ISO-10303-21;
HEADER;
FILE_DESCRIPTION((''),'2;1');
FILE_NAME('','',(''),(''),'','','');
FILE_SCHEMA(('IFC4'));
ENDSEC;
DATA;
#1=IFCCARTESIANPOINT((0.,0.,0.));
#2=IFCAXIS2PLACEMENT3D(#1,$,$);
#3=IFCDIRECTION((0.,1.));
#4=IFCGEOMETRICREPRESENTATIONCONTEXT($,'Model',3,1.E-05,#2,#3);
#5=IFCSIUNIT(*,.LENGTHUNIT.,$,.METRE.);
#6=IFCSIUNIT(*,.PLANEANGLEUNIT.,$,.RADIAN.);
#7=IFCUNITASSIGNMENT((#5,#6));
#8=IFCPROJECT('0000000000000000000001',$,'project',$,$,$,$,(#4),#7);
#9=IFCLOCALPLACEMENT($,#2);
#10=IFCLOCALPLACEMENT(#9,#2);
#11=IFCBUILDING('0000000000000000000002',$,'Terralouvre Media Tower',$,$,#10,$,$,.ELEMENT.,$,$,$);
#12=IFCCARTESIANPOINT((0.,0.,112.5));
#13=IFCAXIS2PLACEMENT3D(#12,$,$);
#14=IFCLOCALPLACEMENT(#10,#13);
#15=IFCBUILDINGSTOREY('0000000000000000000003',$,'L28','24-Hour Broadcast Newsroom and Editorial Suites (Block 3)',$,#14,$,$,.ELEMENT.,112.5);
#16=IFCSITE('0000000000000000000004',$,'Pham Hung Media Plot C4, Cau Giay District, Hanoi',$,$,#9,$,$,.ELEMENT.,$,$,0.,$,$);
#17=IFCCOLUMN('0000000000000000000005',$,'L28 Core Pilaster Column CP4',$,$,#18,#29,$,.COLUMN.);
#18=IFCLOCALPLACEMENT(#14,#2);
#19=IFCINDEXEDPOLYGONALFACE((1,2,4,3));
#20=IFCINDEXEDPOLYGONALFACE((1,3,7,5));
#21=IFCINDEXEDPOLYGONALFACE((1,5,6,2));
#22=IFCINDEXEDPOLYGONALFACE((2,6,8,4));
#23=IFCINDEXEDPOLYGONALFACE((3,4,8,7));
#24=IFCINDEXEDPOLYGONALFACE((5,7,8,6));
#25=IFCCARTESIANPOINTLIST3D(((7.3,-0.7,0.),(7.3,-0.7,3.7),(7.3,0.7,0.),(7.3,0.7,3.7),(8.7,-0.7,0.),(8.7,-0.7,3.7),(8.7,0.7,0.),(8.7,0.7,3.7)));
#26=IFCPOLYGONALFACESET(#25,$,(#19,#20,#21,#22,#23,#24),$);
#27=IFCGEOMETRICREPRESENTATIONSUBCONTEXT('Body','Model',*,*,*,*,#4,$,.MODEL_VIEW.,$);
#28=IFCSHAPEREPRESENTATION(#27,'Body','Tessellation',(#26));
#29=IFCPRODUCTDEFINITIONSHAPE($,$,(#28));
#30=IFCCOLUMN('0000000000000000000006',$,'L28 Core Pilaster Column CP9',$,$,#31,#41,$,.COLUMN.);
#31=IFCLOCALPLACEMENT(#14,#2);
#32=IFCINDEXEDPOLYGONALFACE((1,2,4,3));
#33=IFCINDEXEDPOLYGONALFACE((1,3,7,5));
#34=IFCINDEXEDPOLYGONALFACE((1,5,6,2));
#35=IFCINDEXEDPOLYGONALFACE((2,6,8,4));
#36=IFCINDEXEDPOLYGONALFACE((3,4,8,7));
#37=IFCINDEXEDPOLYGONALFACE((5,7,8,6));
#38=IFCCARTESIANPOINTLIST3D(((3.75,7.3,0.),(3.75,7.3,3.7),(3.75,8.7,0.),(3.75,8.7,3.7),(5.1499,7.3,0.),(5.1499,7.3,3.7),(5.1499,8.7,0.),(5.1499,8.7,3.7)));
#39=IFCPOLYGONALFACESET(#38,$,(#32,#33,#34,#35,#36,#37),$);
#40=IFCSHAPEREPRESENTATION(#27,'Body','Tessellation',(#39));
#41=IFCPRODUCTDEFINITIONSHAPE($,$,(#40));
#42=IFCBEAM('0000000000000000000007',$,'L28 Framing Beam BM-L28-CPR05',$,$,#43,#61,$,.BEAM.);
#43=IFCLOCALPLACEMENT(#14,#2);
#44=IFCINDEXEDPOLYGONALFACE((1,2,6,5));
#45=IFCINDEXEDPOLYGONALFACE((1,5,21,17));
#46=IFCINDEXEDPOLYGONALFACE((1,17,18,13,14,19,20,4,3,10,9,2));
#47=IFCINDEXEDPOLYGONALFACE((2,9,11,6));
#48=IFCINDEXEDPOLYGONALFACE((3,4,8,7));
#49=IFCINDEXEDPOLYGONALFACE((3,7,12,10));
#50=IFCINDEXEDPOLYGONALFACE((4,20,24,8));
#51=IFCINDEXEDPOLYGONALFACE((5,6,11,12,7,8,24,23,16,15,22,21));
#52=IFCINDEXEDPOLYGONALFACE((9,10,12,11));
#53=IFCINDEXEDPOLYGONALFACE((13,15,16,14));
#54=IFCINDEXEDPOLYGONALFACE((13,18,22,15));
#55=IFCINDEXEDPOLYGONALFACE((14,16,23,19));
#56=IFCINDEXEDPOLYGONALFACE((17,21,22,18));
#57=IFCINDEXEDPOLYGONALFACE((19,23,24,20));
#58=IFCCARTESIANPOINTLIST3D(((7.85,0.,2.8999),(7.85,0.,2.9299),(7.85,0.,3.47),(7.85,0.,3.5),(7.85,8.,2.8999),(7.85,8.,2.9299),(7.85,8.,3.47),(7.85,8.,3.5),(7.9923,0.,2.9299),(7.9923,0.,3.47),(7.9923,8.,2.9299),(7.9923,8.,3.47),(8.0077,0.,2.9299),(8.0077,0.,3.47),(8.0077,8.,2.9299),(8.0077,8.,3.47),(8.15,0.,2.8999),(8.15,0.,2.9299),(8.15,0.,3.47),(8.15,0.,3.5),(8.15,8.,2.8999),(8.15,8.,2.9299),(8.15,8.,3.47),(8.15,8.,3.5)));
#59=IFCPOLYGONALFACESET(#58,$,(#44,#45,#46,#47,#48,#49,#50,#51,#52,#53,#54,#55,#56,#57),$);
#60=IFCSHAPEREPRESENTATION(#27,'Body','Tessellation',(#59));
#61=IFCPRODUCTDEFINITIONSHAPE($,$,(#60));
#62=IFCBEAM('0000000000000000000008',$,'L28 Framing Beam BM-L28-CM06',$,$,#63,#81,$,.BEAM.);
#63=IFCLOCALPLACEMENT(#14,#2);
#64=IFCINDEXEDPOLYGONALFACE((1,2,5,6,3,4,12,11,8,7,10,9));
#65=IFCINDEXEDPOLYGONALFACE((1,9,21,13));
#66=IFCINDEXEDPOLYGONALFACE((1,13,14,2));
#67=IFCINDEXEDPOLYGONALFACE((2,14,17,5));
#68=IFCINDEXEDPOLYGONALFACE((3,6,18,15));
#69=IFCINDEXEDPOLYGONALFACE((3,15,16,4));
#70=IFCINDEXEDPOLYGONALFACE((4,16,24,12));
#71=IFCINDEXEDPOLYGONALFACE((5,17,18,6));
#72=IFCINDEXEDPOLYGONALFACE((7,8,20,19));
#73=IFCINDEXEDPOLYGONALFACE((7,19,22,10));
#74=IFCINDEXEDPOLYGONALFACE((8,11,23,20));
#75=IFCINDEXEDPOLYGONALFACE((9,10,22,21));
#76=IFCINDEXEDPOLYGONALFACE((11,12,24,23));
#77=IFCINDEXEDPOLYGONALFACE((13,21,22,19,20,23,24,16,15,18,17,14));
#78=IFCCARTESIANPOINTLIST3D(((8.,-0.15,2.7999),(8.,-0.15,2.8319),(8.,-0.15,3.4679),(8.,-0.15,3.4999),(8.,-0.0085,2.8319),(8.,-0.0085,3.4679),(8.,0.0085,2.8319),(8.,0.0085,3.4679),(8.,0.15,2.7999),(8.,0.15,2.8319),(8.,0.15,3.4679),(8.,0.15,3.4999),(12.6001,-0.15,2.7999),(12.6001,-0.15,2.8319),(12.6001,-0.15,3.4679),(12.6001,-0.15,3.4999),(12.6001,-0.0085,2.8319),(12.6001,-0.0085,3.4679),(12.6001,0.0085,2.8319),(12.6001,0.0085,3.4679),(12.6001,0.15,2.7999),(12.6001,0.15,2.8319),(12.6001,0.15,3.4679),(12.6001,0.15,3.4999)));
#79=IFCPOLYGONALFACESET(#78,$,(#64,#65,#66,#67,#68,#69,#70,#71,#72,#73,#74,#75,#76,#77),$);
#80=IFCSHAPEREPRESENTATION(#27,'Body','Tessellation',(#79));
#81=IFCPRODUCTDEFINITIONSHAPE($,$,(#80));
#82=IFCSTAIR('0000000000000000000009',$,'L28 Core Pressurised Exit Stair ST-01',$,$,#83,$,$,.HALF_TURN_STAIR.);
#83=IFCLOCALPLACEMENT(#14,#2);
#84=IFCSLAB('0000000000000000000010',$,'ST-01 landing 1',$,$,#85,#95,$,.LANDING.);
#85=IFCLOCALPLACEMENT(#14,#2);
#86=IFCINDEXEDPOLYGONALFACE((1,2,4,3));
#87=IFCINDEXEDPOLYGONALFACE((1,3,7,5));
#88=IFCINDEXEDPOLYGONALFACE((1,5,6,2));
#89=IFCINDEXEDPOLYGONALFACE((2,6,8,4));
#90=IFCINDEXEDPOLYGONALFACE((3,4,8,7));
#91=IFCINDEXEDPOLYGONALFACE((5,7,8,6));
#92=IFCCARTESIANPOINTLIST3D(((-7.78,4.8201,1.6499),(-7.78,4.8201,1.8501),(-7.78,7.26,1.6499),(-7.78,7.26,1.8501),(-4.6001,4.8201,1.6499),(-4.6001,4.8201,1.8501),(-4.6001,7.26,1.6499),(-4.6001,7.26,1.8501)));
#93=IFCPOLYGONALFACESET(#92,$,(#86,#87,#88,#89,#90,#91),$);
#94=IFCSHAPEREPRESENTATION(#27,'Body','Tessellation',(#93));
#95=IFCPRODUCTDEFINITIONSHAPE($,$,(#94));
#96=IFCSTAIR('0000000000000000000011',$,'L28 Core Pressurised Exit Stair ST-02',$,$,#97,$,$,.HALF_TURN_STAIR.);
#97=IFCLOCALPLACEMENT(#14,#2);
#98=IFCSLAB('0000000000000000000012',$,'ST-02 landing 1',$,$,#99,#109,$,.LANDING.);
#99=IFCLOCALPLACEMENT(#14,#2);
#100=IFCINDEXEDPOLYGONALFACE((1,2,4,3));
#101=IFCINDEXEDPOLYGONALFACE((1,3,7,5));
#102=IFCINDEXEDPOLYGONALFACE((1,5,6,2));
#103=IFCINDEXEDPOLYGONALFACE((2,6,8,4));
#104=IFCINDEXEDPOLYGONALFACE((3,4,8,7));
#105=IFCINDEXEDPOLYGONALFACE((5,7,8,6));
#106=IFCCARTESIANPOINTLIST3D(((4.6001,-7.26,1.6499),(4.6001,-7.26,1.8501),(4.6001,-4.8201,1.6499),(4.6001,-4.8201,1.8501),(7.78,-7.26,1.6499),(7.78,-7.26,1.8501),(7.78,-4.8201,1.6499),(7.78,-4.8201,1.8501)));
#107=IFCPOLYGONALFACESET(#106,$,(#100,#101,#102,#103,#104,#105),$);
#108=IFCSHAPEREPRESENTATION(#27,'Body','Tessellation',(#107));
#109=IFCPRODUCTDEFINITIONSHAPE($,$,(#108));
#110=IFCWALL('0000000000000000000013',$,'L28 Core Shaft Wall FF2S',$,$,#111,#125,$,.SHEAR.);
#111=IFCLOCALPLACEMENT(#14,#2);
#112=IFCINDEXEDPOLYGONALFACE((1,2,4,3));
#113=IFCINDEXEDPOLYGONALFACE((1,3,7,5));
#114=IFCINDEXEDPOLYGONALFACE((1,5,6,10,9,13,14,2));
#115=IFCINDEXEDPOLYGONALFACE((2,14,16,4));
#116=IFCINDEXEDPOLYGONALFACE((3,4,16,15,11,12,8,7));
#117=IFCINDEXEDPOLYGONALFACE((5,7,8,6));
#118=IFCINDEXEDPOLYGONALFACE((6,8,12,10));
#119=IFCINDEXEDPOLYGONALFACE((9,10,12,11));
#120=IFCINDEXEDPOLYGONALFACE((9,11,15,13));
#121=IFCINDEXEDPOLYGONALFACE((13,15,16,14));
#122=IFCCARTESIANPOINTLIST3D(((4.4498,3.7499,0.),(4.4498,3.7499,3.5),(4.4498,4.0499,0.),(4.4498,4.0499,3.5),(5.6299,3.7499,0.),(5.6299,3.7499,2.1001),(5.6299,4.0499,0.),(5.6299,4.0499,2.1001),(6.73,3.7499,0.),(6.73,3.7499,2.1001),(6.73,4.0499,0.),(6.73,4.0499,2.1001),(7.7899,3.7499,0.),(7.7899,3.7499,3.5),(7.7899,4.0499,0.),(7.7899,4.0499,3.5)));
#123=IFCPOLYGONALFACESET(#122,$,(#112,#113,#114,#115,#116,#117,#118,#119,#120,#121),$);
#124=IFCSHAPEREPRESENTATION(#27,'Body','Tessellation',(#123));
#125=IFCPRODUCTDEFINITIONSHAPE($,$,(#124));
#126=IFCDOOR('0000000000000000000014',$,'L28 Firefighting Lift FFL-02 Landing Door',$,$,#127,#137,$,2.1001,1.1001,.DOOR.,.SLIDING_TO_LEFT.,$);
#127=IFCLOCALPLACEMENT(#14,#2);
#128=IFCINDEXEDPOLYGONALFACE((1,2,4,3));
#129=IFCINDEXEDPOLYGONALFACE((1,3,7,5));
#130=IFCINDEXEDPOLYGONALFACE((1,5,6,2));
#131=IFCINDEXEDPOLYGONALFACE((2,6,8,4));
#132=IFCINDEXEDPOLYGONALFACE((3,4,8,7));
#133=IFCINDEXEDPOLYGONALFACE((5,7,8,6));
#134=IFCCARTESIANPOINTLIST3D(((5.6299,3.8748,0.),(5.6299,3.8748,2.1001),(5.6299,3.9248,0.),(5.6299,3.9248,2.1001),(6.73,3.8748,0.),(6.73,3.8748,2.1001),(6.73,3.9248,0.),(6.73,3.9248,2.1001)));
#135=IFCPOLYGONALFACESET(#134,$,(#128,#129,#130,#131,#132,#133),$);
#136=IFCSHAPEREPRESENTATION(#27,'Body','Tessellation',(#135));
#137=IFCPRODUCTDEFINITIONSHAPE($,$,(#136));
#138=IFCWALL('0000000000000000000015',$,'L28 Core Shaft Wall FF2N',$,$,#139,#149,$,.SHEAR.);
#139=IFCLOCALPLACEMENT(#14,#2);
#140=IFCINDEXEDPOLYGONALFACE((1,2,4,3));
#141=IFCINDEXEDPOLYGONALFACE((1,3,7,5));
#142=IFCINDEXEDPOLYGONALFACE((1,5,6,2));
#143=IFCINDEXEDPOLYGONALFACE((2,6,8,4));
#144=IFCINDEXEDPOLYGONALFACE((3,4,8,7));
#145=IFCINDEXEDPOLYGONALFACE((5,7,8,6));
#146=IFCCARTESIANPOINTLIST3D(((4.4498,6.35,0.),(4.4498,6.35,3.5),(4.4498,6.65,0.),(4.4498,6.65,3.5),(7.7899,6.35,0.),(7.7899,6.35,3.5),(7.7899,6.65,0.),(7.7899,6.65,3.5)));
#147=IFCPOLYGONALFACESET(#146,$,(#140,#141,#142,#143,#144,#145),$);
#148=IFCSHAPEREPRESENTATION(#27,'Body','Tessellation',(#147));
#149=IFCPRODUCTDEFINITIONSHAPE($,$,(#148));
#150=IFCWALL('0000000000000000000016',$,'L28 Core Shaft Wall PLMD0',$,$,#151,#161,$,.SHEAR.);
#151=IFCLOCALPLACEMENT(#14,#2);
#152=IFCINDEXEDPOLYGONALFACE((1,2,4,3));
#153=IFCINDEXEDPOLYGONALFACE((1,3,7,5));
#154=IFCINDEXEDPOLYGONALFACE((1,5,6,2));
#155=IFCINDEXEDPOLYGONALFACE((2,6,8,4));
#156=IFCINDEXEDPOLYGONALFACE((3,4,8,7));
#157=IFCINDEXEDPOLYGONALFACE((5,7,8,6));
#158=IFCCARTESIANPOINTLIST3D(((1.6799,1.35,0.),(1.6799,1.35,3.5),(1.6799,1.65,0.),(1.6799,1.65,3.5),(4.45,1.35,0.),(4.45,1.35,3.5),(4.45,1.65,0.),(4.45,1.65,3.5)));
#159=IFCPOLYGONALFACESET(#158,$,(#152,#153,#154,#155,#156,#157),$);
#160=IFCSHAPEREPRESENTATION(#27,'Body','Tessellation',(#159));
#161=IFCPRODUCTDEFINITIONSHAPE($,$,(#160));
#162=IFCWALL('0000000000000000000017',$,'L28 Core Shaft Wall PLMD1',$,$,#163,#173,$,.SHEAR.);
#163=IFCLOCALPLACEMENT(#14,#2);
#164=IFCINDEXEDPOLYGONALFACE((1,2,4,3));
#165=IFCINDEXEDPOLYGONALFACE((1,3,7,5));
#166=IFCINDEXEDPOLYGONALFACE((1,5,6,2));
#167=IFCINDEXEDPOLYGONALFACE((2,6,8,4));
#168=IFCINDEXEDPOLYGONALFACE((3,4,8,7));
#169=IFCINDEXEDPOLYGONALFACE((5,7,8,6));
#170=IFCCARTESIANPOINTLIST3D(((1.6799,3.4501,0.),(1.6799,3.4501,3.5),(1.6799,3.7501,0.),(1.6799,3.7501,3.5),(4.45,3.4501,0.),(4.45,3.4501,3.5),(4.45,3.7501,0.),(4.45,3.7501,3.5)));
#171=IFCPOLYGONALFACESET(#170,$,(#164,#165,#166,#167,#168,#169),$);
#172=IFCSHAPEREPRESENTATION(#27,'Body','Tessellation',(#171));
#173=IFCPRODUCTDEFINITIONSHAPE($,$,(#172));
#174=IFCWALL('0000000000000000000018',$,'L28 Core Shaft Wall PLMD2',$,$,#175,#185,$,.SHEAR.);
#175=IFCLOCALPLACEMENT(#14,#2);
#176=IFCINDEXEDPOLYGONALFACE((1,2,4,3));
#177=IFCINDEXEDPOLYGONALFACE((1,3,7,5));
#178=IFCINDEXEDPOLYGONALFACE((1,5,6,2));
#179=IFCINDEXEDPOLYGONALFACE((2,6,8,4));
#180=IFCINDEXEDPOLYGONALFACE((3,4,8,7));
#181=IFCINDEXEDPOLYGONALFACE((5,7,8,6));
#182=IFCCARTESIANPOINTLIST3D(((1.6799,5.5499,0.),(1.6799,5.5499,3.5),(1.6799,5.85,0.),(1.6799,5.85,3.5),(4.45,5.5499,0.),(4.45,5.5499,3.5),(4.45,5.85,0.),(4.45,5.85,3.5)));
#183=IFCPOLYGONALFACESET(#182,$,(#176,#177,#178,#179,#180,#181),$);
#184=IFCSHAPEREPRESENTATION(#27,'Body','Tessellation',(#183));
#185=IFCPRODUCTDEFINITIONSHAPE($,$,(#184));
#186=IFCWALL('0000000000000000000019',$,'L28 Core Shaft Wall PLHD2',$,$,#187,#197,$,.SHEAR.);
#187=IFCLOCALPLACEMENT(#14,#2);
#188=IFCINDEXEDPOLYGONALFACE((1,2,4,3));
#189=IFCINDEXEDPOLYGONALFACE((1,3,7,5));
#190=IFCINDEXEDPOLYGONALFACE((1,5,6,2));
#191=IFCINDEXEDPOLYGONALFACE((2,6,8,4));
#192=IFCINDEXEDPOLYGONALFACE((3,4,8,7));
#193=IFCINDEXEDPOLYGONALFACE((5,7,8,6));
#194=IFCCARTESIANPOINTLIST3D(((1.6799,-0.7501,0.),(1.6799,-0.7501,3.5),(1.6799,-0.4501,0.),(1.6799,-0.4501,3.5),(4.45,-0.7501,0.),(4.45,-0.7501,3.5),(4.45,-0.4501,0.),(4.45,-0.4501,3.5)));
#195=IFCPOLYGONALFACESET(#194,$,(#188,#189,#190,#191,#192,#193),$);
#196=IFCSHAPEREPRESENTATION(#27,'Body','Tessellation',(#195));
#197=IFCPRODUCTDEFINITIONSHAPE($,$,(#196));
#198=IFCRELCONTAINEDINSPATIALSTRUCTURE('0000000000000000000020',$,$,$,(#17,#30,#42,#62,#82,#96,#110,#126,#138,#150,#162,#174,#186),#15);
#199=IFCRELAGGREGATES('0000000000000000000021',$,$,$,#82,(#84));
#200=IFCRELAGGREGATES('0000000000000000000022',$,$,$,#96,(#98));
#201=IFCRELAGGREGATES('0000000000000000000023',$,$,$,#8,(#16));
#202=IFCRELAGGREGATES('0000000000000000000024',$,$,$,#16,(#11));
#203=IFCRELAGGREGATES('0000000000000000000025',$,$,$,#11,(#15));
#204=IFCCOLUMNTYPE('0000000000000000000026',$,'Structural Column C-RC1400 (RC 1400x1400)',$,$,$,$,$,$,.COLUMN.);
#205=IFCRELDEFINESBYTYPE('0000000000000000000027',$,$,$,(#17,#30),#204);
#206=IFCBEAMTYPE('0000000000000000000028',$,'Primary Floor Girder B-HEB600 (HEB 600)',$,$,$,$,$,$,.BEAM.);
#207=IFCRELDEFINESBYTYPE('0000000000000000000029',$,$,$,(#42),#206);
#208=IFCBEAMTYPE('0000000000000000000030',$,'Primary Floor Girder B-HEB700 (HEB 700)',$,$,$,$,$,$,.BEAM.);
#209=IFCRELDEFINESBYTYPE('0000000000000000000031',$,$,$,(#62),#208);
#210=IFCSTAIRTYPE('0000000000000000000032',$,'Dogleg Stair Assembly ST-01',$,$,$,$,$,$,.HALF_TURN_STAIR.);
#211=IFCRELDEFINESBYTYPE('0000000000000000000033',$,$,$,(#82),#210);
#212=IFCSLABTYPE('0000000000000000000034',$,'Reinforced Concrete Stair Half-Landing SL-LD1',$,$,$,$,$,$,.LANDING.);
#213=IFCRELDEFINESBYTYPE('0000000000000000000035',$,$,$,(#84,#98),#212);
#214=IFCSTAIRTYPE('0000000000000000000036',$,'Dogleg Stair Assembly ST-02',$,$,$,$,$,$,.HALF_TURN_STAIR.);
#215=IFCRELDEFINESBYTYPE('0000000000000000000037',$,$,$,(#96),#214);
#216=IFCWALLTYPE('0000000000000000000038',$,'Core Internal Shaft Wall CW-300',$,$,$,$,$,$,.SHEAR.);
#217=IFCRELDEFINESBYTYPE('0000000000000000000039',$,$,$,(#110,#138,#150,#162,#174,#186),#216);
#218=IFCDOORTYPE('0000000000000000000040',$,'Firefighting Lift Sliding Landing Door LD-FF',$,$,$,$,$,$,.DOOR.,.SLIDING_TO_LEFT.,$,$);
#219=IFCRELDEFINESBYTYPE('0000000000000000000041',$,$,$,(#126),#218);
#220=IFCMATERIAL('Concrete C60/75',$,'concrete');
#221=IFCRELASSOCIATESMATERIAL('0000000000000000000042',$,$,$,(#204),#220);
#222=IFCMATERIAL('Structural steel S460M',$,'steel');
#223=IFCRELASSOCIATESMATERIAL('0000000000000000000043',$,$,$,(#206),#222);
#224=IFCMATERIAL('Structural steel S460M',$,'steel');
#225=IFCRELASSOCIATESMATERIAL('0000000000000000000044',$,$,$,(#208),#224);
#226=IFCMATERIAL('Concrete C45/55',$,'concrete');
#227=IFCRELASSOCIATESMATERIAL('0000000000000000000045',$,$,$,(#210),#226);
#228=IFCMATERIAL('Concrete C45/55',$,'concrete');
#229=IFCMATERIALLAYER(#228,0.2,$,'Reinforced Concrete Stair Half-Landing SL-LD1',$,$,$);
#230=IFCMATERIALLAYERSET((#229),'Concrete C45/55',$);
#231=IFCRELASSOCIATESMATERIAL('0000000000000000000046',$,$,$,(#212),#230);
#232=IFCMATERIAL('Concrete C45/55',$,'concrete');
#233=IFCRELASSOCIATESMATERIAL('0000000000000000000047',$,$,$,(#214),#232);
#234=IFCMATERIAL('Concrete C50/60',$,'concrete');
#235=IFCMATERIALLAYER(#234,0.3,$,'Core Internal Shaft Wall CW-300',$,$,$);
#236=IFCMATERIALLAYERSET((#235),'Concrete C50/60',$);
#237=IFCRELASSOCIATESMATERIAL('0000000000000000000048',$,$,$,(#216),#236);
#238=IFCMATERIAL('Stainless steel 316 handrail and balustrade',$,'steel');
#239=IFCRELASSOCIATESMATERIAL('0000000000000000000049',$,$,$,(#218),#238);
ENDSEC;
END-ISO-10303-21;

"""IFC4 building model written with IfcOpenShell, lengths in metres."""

from ifc_helpers import new_model, si_unit, direction, frame, frame_2d, origin, origin_2d, place, context, subcontext, project, spatial, polyline, rectangle, i_section, outline, extrude, material, layer, layer_set, material_profile, profile_set, type_object, element, fill, aggregate, save


model = new_model("IFC4")

# Units and contexts
model_context = context("Model", 3, precision=1e-05, world=origin(), true_north=direction((0.0, 1.0)))
body_context = subcontext(model_context, "Body", "Model", "MODEL_VIEW")
ifc_project = project(units=[si_unit("LENGTHUNIT", "METRE"), si_unit("PLANEANGLEUNIT", "RADIAN")], contexts=[model_context])

# Site, building, storey
site_placement = place(None, origin())
site = spatial("IfcSite", under=ifc_project, at=site_placement, Name="Pham Hung Media Plot C4, Cau Giay District, Hanoi", CompositionType="ELEMENT", RefElevation=0.0)
building_placement = place(site_placement, origin())
building = spatial("IfcBuilding", under=site, at=building_placement, Name="Terralouvre Media Tower", CompositionType="ELEMENT")
storey_placement = place(building_placement, frame((0.0, 0.0, 112.5)))
storey = spatial("IfcBuildingStorey", under=building, at=storey_placement, Name="L28", Description="24-Hour Broadcast Newsroom and Editorial Suites (Block 3)", CompositionType="ELEMENT", Elevation=112.5)

# Columns
ifc_material_1 = material(Name="Concrete C60/75", Category="concrete")
ifc_material_profile_1 = material_profile(ifc_material_1, rectangle(XDim=1.3999, YDim=1.3999, at=origin_2d()), Name="RC 1400x1400")
ifc_profile_set_1 = profile_set([ifc_material_profile_1], Name="Concrete C60/75")
column_type = type_object("IfcColumnType", Name="Structural Column C-RC1400 (RC 1400x1400)", PredefinedType="COLUMN", material=ifc_profile_set_1)
for number, where, z_axis, x_axis, name in (
    (1, (8.0, 0.0, 0.0), (0.0, 0.0, 1.0), (1.0, 0.0, 0.0), "L28 Core Pilaster Column CP4"),
    (2, (4.45, 8.0, 0.0), (0.0, 0.0, 1.0), (1.0, 0.0, 0.0), "L28 Core Pilaster Column CP9"),
):
    element("IfcColumn", number, at=place(storey_placement, frame(where, z_axis=z_axis, x_axis=x_axis)), inside=storey, type_object=column_type, Name=name, PredefinedType="COLUMN", context=body_context, shape_type="SweptSolid", body=[
        extrude(rectangle(XDim=1.3999, YDim=1.3999, at=origin_2d()), origin(), (0.0, 0.0, 1.0), 3.7),
    ])

# Beams
ifc_material_2 = material(Name="Structural steel S460M", Category="steel")
ifc_material_profile_2 = material_profile(ifc_material_2, i_section(OverallWidth=0.3, OverallDepth=0.6001, WebThickness=0.0154, FlangeThickness=0.03, at=origin_2d()), Name="HEB 600")
ifc_profile_set_2 = profile_set([ifc_material_profile_2], Name="Structural steel S460M")
beam_type_1 = type_object("IfcBeamType", Name="Primary Floor Girder B-HEB600 (HEB 600)", PredefinedType="BEAM", material=ifc_profile_set_2)
beam_1_placement = place(storey_placement, frame((8.0, 0.0, 3.2), z_axis=(0.0, 1.0, 0.0), x_axis=(-1.0, 0.0, 0.0)))
element("IfcBeam", 3, at=beam_1_placement, inside=storey, type_object=beam_type_1, Name="L28 Framing Beam BM-L28-CPR05", PredefinedType="BEAM", context=body_context, shape_type="SweptSolid", body=[
    extrude(i_section(OverallWidth=0.3, OverallDepth=0.6001, WebThickness=0.0154, FlangeThickness=0.03, at=origin_2d()), origin(), (0.0, 0.0, 1.0), 8.0),
])
ifc_material_3 = material(Name="Structural steel S460M", Category="steel")
ifc_material_profile_3 = material_profile(ifc_material_3, i_section(OverallWidth=0.3, OverallDepth=0.7, WebThickness=0.0171, FlangeThickness=0.032, at=origin_2d()), Name="HEB 700")
ifc_profile_set_3 = profile_set([ifc_material_profile_3], Name="Structural steel S460M")
beam_type_2 = type_object("IfcBeamType", Name="Primary Floor Girder B-HEB700 (HEB 700)", PredefinedType="BEAM", material=ifc_profile_set_3)
beam_2_placement = place(storey_placement, frame((8.0, 0.0, 3.1499), z_axis=(1.0, 0.0, 0.0), x_axis=(0.0, 1.0, 0.0)))
element("IfcBeam", 4, at=beam_2_placement, inside=storey, type_object=beam_type_2, Name="L28 Framing Beam BM-L28-CM06", PredefinedType="BEAM", context=body_context, shape_type="SweptSolid", body=[
    extrude(i_section(OverallWidth=0.3, OverallDepth=0.7, WebThickness=0.0171, FlangeThickness=0.032, at=origin_2d()), origin(), (0.0, 0.0, 1.0), 4.6001),
])

# Stairs, slabs
ifc_material_4 = material(Name="Concrete C45/55", Category="concrete")
stair_type_1 = type_object("IfcStairType", Name="Dogleg Stair Assembly ST-01", PredefinedType="HALF_TURN_STAIR", material=ifc_material_4)
stair_1_placement = place(storey_placement, origin())
stair_1 = element("IfcStair", 5, at=stair_1_placement, inside=storey, type_object=stair_type_1, Name="L28 Core Pressurised Exit Stair ST-01", PredefinedType="HALF_TURN_STAIR")
ifc_material_5 = material(Name="Concrete C45/55", Category="concrete")
ifc_layer_1 = layer(ifc_material_5, 0.2, Name="Reinforced Concrete Stair Half-Landing SL-LD1")
ifc_layer_set_1 = layer_set([ifc_layer_1], Name="Concrete C45/55")
slab_type_1 = type_object("IfcSlabType", Name="Reinforced Concrete Stair Half-Landing SL-LD1", PredefinedType="LANDING", material=ifc_layer_set_1)
slab_1_placement = place(storey_placement, frame((0.0, 0.0, 1.6499)))
slab_1 = element("IfcSlab", 6, at=slab_1_placement, type_object=slab_type_1, Name="ST-01 landing 1", PredefinedType="LANDING", context=body_context, shape_type="SweptSolid", body=[
    extrude(outline(polyline([(-4.6001, 4.8201), (-4.6001, 7.26), (-7.78, 7.26), (-7.78, 4.8201), (-4.6001, 4.8201)])), origin(), (0.0, 0.0, 1.0), 0.2002),
])
aggregate(stair_1, [slab_1])
ifc_material_6 = material(Name="Concrete C45/55", Category="concrete")
stair_type_2 = type_object("IfcStairType", Name="Dogleg Stair Assembly ST-02", PredefinedType="HALF_TURN_STAIR", material=ifc_material_6)
stair_2_placement = place(storey_placement, origin())
stair_2 = element("IfcStair", 7, at=stair_2_placement, inside=storey, type_object=stair_type_2, Name="L28 Core Pressurised Exit Stair ST-02", PredefinedType="HALF_TURN_STAIR")
slab_2_placement = place(storey_placement, frame((0.0, 0.0, 1.6499)))
slab_2 = element("IfcSlab", 8, at=slab_2_placement, type_object=slab_type_1, Name="ST-02 landing 1", PredefinedType="LANDING", context=body_context, shape_type="SweptSolid", body=[
    extrude(outline(polyline([(4.6001, -4.8201), (4.6001, -7.26), (7.78, -7.26), (7.78, -4.8201), (4.6001, -4.8201)])), origin(), (0.0, 0.0, 1.0), 0.2002),
])
aggregate(stair_2, [slab_2])

# Wall, opening, door
ifc_material_7 = material(Name="Concrete C50/60", Category="concrete")
ifc_layer_2 = layer(ifc_material_7, 0.3, Name="Core Internal Shaft Wall CW-300")
ifc_layer_set_2 = layer_set([ifc_layer_2], Name="Concrete C50/60")
wall_type = type_object("IfcWallType", Name="Core Internal Shaft Wall CW-300", PredefinedType="SHEAR", material=ifc_layer_set_2)
wall_1_placement = place(storey_placement, frame((4.45, 3.8999, 0.0), z_axis=(0.0, 0.0, 1.0), x_axis=(1.0, 0.0, 0.0)))
wall_1 = element("IfcWall", 9, at=wall_1_placement, inside=storey, type_object=wall_type, Name="L28 Core Shaft Wall FF2S", PredefinedType="SHEAR", context=body_context, shape_type="SweptSolid", body=[
    extrude(rectangle(XDim=3.3401, YDim=0.3, at=frame_2d((1.6699, 0.0))), origin(), (0.0, 0.0, 1.0), 3.5),
])
opening_1_placement = place(wall_1_placement, frame((1.1799, 0.0, 0.0)))
opening_1 = element("IfcOpeningElement", 10, at=opening_1_placement, cuts=wall_1, PredefinedType="OPENING", context=body_context, shape_type="SweptSolid", body=[
    extrude(rectangle(XDim=1.1001, YDim=2.1001, at=frame_2d((0.55, 1.05))), frame((0.0, 0.1599, 0.0), z_axis=(0.0, -1.0, 0.0), x_axis=(1.0, 0.0, 0.0)), (0.0, 0.0, 1.0), 0.3201),
])
ifc_material_8 = material(Name="Stainless steel 316 handrail and balustrade", Category="steel")
door_type_1 = type_object("IfcDoorType", Name="Firefighting Lift Sliding Landing Door LD-FF", OperationType="SLIDING_TO_LEFT", PredefinedType="DOOR", material=ifc_material_8)
door_1_placement = place(opening_1_placement, origin())
door_1 = element("IfcDoor", 11, at=door_1_placement, inside=storey, type_object=door_type_1, Name="L28 Firefighting Lift FFL-02 Landing Door", OperationType="SLIDING_TO_LEFT", OverallHeight=2.1001, OverallWidth=1.1001, PredefinedType="DOOR", context=body_context, shape_type="SweptSolid", body=[
    extrude(rectangle(XDim=1.1001, YDim=2.1001, at=frame_2d((0.55, 1.05))), frame((0.0, 0.0249, 0.0), z_axis=(0.0, -1.0, 0.0), x_axis=(1.0, 0.0, 0.0)), (0.0, 0.0, 1.0), 0.05),
])
fill(opening_1, door_1)

# Walls
wall_2_placement = place(storey_placement, frame((4.45, 6.5, 0.0), z_axis=(0.0, 0.0, 1.0), x_axis=(1.0, 0.0, 0.0)))
element("IfcWall", 12, at=wall_2_placement, inside=storey, type_object=wall_type, Name="L28 Core Shaft Wall FF2N", PredefinedType="SHEAR", context=body_context, shape_type="SweptSolid", body=[
    extrude(rectangle(XDim=3.3401, YDim=0.3, at=frame_2d((1.6699, 0.0))), origin(), (0.0, 0.0, 1.0), 3.5),
])
for number, where, z_axis, x_axis, name in (
    (13, (1.6799, 1.5, 0.0), (0.0, 0.0, 1.0), (1.0, 0.0, 0.0), "L28 Core Shaft Wall PLMD0"),
    (14, (1.6799, 3.6001, 0.0), (0.0, 0.0, 1.0), (1.0, 0.0, 0.0), "L28 Core Shaft Wall PLMD1"),
    (15, (1.6799, 5.7, 0.0), (0.0, 0.0, 1.0), (1.0, 0.0, 0.0), "L28 Core Shaft Wall PLMD2"),
    (16, (1.6799, -0.6001, 0.0), (0.0, 0.0, 1.0), (1.0, 0.0, 0.0), "L28 Core Shaft Wall PLHD2"),
):
    element("IfcWall", number, at=place(storey_placement, frame(where, z_axis=z_axis, x_axis=x_axis)), inside=storey, type_object=wall_type, Name=name, PredefinedType="SHEAR", context=body_context, shape_type="SweptSolid", body=[
        extrude(rectangle(XDim=2.77, YDim=0.3, at=frame_2d((1.385, 0.0))), origin(), (0.0, 0.0, 1.0), 3.5),
    ])

save(model, "model.ifc")
